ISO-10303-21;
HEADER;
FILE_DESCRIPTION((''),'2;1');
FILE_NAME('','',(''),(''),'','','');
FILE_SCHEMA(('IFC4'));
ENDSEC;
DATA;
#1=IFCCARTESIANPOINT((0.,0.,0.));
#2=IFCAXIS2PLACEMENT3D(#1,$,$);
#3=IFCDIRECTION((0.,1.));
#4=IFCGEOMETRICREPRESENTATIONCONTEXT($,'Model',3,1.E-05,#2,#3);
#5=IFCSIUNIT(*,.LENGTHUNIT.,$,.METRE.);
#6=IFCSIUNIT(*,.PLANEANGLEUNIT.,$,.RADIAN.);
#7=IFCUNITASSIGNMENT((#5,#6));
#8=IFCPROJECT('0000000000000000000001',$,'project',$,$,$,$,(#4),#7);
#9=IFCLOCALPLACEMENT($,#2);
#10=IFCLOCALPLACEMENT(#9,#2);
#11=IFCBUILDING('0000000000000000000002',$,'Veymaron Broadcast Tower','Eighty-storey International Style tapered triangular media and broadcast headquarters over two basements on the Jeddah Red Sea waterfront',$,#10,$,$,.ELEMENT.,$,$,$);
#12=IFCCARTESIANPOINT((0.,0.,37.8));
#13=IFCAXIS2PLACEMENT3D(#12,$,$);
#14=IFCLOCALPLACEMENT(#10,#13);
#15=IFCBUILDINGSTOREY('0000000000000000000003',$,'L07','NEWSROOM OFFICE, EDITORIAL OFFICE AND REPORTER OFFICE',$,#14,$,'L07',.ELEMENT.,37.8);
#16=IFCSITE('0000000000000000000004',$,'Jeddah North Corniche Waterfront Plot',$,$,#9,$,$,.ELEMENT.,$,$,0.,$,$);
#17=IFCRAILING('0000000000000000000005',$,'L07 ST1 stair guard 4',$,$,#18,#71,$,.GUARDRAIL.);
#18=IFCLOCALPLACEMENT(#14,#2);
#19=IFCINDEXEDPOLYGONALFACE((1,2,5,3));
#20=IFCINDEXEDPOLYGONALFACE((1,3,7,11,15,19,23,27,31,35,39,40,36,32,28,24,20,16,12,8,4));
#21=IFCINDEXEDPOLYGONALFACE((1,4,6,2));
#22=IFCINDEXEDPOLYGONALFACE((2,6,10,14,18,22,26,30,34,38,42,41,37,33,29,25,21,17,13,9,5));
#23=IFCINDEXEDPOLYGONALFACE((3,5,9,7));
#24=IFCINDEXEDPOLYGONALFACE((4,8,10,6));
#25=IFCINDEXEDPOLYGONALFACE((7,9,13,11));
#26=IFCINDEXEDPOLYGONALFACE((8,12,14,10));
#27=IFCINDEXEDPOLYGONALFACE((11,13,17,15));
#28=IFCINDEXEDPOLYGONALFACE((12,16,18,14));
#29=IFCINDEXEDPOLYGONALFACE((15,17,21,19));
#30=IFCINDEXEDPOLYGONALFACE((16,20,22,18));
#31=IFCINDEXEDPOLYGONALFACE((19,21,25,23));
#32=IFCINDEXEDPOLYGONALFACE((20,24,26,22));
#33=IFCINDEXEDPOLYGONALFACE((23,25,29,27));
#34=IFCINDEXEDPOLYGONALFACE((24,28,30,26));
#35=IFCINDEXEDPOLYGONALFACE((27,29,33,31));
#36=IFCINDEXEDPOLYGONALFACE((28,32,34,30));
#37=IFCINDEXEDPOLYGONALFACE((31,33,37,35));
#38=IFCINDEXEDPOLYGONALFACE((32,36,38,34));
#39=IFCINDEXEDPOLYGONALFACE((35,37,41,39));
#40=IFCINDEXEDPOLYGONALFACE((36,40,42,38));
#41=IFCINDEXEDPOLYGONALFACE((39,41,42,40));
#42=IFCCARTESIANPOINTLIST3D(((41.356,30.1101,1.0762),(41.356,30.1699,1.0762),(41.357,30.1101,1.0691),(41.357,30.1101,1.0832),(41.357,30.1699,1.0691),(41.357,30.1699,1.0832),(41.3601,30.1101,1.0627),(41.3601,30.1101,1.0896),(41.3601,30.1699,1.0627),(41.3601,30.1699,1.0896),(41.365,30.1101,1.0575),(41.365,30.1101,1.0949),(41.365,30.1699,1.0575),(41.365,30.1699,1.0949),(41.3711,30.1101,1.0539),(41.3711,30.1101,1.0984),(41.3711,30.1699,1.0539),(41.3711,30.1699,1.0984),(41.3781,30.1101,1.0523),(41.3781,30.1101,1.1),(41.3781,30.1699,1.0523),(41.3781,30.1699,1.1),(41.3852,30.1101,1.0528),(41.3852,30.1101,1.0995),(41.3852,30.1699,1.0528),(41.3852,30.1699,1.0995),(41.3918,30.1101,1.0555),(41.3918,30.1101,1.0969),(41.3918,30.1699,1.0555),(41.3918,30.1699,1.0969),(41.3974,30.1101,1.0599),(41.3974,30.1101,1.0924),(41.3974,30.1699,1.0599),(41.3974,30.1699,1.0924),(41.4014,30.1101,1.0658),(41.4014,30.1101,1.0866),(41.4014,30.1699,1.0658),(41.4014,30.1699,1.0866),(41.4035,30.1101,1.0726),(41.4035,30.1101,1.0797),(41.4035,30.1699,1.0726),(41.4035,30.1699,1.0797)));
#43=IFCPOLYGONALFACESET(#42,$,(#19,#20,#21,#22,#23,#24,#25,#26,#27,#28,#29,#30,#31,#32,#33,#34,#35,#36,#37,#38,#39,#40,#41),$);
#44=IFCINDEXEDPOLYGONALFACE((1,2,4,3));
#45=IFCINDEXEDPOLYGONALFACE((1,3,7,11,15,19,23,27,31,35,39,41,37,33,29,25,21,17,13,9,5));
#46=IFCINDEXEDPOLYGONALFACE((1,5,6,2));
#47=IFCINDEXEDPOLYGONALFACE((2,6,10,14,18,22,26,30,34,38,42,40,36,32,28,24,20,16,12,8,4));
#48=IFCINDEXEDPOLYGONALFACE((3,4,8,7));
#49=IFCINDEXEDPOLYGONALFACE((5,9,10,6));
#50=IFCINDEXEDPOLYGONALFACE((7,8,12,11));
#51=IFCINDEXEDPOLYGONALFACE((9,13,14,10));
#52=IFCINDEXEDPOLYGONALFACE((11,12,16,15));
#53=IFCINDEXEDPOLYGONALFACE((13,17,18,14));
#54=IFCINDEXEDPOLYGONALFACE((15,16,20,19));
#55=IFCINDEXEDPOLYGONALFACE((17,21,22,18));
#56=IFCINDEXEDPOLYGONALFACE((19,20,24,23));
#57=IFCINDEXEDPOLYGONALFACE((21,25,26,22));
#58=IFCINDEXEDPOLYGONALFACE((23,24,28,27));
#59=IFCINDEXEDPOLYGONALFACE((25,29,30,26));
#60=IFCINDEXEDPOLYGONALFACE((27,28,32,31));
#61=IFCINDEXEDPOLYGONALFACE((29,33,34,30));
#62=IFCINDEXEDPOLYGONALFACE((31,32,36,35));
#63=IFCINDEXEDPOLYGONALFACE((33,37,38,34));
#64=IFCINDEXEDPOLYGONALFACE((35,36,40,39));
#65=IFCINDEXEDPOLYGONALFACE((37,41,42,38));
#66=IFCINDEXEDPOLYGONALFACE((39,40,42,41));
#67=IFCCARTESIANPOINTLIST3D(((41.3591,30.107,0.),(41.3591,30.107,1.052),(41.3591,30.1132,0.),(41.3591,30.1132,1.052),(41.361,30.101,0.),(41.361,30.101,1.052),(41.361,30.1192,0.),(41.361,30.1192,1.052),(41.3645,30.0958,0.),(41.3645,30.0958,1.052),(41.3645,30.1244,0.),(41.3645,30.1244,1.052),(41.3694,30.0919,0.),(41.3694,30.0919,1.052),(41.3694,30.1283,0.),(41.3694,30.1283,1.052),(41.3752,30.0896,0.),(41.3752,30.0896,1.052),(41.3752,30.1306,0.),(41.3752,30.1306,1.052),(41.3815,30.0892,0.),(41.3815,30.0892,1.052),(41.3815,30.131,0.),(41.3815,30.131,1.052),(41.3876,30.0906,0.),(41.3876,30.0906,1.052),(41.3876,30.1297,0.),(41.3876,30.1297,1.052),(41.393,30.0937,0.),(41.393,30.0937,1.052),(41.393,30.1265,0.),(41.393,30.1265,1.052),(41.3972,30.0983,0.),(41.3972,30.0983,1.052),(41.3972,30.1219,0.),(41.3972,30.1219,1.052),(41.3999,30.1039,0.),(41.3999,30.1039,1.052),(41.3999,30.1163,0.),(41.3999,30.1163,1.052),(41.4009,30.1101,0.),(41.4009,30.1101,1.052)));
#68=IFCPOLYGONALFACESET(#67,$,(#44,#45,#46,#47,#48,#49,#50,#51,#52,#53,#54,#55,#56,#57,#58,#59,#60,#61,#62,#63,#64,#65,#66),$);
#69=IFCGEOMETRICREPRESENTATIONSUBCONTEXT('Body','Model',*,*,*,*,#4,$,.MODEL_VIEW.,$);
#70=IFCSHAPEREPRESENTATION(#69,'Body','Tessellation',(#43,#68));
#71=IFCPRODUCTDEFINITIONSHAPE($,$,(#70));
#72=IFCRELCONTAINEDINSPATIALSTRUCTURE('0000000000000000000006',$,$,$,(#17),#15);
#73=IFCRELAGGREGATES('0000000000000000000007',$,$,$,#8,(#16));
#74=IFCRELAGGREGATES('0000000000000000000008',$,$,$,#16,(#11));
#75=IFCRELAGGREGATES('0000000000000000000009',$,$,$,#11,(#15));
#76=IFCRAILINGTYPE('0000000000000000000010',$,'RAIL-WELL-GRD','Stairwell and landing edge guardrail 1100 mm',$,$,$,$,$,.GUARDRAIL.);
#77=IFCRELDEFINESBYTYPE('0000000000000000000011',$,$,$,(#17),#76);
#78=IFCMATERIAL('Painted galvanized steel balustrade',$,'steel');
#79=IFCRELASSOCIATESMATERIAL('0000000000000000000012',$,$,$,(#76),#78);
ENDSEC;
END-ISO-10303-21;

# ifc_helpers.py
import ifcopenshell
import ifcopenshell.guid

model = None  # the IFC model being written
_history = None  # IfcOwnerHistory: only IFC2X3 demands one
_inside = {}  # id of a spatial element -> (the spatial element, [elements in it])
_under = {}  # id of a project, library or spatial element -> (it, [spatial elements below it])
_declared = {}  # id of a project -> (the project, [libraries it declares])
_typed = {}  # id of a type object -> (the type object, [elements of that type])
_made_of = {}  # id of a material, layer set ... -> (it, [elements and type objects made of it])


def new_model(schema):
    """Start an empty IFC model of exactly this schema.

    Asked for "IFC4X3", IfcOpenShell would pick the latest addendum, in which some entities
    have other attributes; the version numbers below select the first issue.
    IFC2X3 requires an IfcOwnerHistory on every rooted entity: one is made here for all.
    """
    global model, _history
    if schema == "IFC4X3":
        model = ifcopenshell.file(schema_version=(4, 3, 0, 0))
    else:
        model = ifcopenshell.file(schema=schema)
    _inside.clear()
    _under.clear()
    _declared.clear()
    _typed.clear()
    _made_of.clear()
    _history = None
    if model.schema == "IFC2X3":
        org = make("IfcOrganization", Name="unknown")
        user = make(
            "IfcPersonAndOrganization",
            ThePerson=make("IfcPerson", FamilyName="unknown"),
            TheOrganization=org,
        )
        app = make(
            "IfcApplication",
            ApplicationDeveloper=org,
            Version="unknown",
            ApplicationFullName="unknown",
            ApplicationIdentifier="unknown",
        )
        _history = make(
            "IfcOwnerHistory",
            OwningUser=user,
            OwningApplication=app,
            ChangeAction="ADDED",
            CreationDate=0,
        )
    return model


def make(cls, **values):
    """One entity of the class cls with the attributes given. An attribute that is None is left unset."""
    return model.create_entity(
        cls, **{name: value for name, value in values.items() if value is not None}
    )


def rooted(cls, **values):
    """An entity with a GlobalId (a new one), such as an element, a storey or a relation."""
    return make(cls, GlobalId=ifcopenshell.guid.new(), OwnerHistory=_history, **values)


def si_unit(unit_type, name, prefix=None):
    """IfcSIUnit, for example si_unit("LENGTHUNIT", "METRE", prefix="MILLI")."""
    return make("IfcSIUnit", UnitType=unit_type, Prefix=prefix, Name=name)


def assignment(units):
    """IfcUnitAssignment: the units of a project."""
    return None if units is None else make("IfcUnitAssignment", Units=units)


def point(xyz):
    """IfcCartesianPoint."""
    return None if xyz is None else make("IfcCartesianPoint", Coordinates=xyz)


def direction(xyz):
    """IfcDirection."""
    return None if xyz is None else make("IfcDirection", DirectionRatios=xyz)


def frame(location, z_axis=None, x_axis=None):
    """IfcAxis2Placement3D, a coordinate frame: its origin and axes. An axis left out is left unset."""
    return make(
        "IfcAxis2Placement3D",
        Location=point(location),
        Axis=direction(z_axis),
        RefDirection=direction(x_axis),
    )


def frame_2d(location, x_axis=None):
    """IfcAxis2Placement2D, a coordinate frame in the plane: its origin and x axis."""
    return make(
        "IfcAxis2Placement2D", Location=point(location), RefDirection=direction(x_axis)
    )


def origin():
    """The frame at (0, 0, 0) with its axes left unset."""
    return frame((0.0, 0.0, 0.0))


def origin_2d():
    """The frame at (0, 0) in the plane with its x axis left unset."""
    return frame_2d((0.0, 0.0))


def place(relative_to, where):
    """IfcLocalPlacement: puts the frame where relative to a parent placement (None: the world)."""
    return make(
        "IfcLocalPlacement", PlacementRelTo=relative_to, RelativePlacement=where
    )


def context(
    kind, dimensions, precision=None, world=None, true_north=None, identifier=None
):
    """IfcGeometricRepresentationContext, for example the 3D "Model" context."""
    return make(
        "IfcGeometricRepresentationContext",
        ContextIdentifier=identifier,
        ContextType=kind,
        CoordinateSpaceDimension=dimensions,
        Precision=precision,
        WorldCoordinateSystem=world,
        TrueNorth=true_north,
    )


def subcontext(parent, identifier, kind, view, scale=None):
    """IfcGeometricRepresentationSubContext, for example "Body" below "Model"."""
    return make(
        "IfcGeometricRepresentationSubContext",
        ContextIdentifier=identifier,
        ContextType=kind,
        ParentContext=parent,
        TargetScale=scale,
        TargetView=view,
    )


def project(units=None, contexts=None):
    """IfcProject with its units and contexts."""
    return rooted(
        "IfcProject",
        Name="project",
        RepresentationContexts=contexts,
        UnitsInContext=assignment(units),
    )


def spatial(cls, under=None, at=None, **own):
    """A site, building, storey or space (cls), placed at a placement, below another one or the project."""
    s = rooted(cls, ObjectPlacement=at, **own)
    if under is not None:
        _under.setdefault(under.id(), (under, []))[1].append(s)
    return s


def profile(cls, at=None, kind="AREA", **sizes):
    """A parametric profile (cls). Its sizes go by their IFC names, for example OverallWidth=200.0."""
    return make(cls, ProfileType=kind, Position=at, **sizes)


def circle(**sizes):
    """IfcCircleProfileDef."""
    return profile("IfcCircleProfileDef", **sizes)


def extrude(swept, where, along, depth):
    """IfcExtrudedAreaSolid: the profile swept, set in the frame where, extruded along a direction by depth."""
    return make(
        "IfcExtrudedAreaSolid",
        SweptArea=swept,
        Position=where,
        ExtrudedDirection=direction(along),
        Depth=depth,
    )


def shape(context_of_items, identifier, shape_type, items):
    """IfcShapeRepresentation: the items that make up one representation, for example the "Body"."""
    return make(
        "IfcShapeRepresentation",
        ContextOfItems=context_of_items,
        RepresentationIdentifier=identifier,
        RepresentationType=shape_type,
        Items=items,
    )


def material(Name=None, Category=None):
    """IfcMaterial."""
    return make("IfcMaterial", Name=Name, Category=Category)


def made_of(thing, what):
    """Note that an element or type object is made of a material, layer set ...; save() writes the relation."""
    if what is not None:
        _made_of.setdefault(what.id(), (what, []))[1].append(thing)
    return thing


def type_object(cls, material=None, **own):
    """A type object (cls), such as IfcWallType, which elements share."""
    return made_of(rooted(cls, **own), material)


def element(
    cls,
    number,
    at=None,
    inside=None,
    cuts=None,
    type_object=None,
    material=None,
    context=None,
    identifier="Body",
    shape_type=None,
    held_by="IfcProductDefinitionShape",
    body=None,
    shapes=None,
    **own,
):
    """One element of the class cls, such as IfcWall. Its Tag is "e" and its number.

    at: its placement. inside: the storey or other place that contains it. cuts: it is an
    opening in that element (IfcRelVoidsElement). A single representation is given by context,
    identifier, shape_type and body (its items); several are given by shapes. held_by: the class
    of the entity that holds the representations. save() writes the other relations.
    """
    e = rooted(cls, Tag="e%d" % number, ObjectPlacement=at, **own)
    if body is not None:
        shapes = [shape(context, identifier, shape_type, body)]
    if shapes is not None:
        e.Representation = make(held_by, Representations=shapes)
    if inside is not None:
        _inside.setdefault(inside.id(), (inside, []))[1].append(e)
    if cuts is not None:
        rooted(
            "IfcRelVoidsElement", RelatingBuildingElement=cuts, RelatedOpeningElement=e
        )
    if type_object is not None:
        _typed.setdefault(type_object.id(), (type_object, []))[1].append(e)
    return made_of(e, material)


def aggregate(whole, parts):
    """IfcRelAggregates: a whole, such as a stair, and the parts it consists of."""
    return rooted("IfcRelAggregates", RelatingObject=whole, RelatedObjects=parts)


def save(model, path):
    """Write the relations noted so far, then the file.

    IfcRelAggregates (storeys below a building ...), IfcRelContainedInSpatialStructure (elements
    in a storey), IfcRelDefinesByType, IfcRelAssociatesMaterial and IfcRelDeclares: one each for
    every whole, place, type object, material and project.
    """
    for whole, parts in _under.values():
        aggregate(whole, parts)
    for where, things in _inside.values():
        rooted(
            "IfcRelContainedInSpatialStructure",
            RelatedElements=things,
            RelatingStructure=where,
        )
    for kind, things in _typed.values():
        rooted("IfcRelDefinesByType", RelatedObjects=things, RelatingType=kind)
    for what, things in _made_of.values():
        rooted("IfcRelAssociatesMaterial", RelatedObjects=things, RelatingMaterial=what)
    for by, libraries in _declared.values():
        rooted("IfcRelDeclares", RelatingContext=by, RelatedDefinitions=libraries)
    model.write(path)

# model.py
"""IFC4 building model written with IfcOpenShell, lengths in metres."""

from ifc_helpers import new_model, si_unit, direction, frame, origin, origin_2d, place, context, subcontext, project, spatial, circle, extrude, material, type_object, element, save


model = new_model("IFC4")

# Units and contexts
model_context = context("Model", 3, precision=1e-05, world=origin(), true_north=direction((0.0, 1.0)))
body_context = subcontext(model_context, "Body", "Model", "MODEL_VIEW")
ifc_project = project(units=[si_unit("LENGTHUNIT", "METRE"), si_unit("PLANEANGLEUNIT", "RADIAN")], contexts=[model_context])

# Site, building, storey
site_placement = place(None, origin())
site = spatial("IfcSite", under=ifc_project, at=site_placement, Name="Jeddah North Corniche Waterfront Plot", CompositionType="ELEMENT", RefElevation=0.0)
building_placement = place(site_placement, origin())
building = spatial("IfcBuilding", under=site, at=building_placement, Name="Veymaron Broadcast Tower", Description="Eighty-storey International Style tapered triangular media and broadcast headquarters over two basements on the Jeddah Red Sea waterfront", CompositionType="ELEMENT")
storey_placement = place(building_placement, frame((0.0, 0.0, 37.8)))
storey = spatial("IfcBuildingStorey", under=building, at=storey_placement, Name="L07", Description="NEWSROOM OFFICE, EDITORIAL OFFICE AND REPORTER OFFICE", LongName="L07", CompositionType="ELEMENT", Elevation=37.8)

# Railing
ifc_material_1 = material(Name="Painted galvanized steel balustrade", Category="steel")
railing_type_1 = type_object("IfcRailingType", Name="RAIL-WELL-GRD", Description="Stairwell and landing edge guardrail 1100 mm", PredefinedType="GUARDRAIL", material=ifc_material_1)
railing_1_placement = place(storey_placement, frame((41.3799, 30.1101, 0.0)))
element("IfcRailing", 1, at=railing_1_placement, inside=storey, type_object=railing_type_1, Name="L07 ST1 stair guard 4", PredefinedType="GUARDRAIL", context=body_context, shape_type="SweptSolid", body=[
    extrude(circle(Radius=0.0239, at=origin_2d()), frame((0.0, 0.0, 1.0762), z_axis=(0.0, 1.0, 0.0), x_axis=(-1.0, 0.0, 0.0)), (0.0, 0.0, 1.0), 0.0598),
    extrude(circle(Radius=0.021, at=origin_2d()), origin(), (0.0, 0.0, 1.0), 1.052),
])

save(model, "model.ifc")
